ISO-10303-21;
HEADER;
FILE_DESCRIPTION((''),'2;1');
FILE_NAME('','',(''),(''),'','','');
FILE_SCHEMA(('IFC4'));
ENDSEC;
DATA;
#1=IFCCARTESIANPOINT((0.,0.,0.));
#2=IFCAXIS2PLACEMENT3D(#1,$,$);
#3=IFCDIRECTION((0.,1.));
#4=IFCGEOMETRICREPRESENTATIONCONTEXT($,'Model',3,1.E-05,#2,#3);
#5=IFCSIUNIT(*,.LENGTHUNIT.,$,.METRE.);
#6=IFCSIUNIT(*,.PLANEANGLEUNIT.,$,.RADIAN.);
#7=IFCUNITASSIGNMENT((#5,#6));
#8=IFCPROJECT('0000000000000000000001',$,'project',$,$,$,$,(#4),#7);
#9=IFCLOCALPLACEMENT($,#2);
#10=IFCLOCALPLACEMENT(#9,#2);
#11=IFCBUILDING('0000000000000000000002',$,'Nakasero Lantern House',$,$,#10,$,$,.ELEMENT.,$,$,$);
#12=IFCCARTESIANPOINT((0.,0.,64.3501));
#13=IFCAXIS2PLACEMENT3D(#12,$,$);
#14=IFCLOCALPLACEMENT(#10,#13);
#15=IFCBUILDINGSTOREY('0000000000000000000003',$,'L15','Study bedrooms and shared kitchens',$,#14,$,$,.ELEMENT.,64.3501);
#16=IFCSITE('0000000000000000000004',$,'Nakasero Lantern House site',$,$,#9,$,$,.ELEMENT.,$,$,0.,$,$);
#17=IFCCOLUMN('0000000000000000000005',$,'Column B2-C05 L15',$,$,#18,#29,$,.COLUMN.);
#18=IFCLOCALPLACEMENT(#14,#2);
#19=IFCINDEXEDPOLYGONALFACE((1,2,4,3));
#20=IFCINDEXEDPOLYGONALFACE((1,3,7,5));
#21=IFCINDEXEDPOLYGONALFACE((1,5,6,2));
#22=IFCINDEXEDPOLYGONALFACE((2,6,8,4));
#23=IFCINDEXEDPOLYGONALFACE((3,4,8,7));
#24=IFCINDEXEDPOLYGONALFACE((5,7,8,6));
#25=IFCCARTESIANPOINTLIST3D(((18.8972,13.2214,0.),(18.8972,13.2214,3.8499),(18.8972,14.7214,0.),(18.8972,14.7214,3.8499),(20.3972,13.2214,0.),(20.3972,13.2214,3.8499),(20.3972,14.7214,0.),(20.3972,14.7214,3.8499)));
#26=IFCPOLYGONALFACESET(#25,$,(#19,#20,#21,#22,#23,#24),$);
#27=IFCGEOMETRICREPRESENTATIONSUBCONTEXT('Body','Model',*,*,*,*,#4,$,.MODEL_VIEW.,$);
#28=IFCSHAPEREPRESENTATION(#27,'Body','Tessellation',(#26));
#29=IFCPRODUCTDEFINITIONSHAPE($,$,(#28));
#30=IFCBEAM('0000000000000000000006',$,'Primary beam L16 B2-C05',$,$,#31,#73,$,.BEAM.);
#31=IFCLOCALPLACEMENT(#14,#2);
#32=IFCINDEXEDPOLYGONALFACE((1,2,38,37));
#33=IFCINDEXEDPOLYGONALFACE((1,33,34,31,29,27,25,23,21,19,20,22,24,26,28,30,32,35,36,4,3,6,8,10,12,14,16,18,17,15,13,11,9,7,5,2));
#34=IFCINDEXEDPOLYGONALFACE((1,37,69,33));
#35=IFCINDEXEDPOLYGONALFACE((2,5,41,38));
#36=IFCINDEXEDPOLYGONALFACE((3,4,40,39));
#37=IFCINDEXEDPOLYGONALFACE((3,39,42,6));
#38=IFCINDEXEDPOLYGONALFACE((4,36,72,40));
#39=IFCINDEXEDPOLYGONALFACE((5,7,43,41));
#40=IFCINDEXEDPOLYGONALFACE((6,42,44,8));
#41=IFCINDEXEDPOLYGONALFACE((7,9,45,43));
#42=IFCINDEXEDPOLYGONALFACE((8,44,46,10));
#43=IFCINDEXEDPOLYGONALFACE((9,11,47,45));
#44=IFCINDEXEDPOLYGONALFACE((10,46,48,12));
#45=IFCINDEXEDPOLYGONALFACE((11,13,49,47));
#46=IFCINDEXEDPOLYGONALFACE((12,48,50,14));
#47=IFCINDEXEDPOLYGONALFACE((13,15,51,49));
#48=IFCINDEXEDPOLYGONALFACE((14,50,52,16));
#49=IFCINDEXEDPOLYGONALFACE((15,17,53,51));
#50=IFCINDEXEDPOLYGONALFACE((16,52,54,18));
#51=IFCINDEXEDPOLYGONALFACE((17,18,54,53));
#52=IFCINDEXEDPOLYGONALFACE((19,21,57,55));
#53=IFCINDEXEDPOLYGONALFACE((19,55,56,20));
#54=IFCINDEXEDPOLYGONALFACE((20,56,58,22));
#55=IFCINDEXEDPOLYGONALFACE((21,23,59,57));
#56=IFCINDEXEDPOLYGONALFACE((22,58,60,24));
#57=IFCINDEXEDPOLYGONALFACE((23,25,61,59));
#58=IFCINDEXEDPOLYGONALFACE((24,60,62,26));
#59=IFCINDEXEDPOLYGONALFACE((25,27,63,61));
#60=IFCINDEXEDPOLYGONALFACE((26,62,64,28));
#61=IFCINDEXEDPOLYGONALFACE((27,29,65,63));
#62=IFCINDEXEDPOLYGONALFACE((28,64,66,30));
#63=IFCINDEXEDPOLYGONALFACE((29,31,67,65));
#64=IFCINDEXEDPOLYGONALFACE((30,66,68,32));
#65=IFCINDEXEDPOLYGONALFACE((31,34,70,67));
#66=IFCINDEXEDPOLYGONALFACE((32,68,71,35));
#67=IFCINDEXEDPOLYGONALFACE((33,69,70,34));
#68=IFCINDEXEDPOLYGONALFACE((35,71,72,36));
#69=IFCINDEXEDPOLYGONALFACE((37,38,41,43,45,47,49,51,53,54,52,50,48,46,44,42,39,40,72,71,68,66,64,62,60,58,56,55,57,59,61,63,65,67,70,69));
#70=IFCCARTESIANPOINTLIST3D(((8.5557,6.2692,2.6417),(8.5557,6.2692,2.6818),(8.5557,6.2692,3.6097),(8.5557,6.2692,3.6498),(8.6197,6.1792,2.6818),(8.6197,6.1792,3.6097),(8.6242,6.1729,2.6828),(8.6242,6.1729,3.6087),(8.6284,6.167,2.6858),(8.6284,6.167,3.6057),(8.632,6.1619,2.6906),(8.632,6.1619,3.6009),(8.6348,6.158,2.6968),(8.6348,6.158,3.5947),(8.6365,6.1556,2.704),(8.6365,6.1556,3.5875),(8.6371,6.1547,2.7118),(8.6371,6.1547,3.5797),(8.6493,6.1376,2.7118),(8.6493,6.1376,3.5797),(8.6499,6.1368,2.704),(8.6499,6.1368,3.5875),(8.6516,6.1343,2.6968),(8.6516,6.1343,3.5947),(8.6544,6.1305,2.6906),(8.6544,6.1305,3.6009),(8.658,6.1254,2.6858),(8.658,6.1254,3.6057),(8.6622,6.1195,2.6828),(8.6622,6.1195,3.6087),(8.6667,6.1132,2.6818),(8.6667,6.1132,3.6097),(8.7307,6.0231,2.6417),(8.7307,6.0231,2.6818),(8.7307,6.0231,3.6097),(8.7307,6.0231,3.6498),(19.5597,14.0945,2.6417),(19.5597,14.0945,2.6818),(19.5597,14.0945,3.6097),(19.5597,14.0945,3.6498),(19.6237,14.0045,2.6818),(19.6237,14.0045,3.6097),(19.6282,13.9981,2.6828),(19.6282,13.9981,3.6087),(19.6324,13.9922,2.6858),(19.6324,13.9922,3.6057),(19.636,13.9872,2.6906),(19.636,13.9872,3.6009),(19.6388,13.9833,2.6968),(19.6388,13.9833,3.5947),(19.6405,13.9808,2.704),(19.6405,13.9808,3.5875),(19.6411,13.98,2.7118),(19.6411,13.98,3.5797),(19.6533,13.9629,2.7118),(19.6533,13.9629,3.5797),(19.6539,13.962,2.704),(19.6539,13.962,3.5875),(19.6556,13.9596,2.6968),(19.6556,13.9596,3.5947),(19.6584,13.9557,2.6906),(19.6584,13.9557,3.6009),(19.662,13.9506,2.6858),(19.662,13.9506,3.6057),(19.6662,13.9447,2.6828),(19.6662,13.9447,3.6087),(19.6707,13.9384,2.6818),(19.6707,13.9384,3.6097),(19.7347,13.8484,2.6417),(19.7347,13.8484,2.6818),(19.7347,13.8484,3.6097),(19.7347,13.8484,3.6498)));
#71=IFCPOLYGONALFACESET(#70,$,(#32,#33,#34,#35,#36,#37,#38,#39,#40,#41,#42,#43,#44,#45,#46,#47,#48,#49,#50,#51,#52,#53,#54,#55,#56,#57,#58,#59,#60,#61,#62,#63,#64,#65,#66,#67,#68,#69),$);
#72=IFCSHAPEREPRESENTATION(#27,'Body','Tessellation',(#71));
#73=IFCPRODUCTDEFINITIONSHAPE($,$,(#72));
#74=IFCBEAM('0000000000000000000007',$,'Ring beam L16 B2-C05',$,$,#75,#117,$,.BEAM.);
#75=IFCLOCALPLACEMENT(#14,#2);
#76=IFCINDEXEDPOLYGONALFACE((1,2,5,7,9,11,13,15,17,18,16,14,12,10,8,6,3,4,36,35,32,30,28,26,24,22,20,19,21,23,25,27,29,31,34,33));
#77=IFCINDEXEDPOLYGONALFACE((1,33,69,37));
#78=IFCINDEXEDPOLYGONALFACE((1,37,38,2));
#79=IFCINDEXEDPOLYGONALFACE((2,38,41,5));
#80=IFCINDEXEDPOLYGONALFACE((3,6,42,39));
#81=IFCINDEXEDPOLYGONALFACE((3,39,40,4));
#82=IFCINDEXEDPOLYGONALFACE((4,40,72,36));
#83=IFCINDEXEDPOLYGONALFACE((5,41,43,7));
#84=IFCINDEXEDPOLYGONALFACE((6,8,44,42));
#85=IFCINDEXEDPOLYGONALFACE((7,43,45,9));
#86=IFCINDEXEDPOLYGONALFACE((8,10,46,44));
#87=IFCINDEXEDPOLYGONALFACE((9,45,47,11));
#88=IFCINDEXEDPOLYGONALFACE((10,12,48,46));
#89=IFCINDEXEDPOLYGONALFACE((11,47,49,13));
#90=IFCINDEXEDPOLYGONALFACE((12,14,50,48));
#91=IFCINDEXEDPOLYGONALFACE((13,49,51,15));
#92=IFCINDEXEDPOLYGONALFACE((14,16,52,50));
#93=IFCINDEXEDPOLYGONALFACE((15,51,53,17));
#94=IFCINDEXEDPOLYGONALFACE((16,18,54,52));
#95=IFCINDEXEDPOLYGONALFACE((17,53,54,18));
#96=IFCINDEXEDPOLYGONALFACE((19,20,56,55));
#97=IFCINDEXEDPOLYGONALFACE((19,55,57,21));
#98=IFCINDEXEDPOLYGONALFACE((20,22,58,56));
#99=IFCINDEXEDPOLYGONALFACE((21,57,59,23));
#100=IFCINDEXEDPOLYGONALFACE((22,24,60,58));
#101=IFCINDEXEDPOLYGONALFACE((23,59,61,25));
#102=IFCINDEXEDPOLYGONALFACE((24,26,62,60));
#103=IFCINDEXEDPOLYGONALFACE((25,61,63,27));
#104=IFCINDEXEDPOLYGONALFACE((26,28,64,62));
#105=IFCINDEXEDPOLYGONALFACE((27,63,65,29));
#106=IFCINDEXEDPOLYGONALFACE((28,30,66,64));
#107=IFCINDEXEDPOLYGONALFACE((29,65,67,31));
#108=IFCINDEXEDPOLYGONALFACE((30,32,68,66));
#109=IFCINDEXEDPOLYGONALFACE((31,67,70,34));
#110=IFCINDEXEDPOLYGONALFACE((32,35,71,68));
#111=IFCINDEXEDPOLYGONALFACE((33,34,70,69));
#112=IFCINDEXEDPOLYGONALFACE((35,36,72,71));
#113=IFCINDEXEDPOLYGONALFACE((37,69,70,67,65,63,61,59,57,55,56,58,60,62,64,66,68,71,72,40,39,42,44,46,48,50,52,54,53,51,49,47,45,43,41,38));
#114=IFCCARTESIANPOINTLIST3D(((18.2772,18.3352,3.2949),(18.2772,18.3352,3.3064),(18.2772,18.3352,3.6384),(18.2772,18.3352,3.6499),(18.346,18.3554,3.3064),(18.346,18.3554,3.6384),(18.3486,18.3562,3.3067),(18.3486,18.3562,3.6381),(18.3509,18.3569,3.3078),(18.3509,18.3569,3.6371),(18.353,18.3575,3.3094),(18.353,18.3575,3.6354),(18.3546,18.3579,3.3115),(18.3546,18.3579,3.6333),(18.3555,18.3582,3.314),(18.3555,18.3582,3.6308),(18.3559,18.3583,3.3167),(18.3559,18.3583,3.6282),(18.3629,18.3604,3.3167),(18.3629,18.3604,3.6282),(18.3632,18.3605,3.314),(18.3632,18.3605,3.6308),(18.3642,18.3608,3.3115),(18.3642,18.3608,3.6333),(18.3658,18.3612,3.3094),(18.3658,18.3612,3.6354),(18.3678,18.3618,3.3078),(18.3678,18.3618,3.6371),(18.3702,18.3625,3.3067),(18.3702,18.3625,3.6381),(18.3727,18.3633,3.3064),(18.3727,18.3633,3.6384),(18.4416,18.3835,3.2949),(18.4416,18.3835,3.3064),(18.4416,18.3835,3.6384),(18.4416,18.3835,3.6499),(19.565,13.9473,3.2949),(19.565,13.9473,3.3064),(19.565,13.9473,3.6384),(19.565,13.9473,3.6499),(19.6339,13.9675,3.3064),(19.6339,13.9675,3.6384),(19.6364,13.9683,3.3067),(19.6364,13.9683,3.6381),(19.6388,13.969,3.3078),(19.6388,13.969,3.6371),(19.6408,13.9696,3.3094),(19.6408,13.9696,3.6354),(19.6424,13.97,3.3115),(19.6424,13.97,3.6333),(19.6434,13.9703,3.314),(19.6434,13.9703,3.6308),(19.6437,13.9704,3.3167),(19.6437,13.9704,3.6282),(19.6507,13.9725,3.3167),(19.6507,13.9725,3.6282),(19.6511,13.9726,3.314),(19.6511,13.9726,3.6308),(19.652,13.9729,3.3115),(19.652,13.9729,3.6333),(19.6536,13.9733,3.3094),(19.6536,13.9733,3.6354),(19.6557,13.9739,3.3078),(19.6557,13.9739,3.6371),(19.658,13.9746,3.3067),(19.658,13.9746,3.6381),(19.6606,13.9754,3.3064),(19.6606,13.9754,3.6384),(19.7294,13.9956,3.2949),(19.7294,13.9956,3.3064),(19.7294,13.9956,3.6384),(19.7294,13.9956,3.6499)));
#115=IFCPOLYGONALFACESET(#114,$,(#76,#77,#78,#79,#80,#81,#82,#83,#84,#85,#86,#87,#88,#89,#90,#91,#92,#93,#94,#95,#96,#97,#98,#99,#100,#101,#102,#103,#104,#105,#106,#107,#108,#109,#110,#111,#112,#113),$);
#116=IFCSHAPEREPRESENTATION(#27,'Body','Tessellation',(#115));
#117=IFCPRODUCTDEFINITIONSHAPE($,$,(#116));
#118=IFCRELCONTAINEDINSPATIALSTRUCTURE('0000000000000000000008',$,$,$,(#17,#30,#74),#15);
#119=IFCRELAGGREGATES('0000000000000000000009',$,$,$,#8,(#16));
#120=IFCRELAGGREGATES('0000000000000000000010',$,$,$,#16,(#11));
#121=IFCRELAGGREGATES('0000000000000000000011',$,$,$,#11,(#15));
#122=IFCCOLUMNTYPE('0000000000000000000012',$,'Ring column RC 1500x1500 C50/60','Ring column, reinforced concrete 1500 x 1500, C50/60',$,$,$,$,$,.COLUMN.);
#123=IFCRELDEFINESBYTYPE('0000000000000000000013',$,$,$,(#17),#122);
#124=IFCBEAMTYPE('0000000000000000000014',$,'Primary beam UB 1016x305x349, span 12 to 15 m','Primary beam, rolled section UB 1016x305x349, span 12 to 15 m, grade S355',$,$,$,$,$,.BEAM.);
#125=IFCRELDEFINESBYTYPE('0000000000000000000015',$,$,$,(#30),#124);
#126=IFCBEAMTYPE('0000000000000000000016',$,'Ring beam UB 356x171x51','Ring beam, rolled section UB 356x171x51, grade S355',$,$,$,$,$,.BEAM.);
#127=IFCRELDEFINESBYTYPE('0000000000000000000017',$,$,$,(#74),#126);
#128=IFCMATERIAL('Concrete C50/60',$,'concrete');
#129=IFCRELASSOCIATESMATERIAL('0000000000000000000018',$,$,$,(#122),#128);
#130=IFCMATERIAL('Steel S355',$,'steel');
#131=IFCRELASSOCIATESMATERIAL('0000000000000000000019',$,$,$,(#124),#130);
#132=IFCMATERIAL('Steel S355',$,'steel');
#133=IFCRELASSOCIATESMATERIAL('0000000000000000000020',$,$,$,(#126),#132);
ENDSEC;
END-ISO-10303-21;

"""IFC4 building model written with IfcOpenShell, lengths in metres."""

from ifc_helpers import new_model, si_unit, direction, frame, origin, origin_2d, place, context, subcontext, project, spatial, rectangle, i_section, extrude, material, material_profile, profile_set, type_object, element, save


model = new_model("IFC4")

# Units and contexts
model_context = context("Model", 3, precision=1e-05, world=origin(), true_north=direction((0.0, 1.0)))
body_context = subcontext(model_context, "Body", "Model", "MODEL_VIEW")
ifc_project = project(units=[si_unit("LENGTHUNIT", "METRE"), si_unit("PLANEANGLEUNIT", "RADIAN")], contexts=[model_context])

# Site, building, storey
site_placement = place(None, origin())
site = spatial("IfcSite", under=ifc_project, at=site_placement, Name="Nakasero Lantern House site", CompositionType="ELEMENT", RefElevation=0.0)
building_placement = place(site_placement, origin())
building = spatial("IfcBuilding", under=site, at=building_placement, Name="Nakasero Lantern House", CompositionType="ELEMENT")
storey_placement = place(building_placement, frame((0.0, 0.0, 64.3501)))
storey = spatial("IfcBuildingStorey", under=building, at=storey_placement, Name="L15", Description="Study bedrooms and shared kitchens", CompositionType="ELEMENT", Elevation=64.3501)

# Column
ifc_material_1 = material(Name="Concrete C50/60", Category="concrete")
ifc_material_profile_1 = material_profile(ifc_material_1, rectangle(XDim=1.5, YDim=1.5, at=origin_2d()), Name="RC 1500x1500")
ifc_profile_set_1 = profile_set([ifc_material_profile_1], Name="Concrete C50/60")
column_type = type_object("IfcColumnType", Name="Ring column RC 1500x1500 C50/60", Description="Ring column, reinforced concrete 1500 x 1500, C50/60", PredefinedType="COLUMN", material=ifc_profile_set_1)
column_placement = place(storey_placement, frame((19.6472, 13.9714, 0.0), z_axis=(0.0, 0.0, 1.0), x_axis=(1.0, 0.0, 0.0)))
element("IfcColumn", 1, at=column_placement, inside=storey, type_object=column_type, Name="Column B2-C05 L15", PredefinedType="COLUMN", context=body_context, shape_type="SweptSolid", body=[
    extrude(rectangle(XDim=1.5, YDim=1.5, at=origin_2d()), origin(), (0.0, 0.0, 1.0), 3.8499),
])

# Beams
ifc_material_2 = material(Name="Steel S355", Category="steel")
ifc_material_profile_2 = material_profile(ifc_material_2, i_section(OverallWidth=0.302, OverallDepth=1.0081, WebThickness=0.021, FlangeThickness=0.04, FilletRadius=0.03, at=origin_2d()), Name="UB 1016x305x349")
ifc_profile_set_2 = profile_set([ifc_material_profile_2], Name="Steel S355")
beam_type_1 = type_object("IfcBeamType", Name="Primary beam UB 1016x305x349, span 12 to 15 m", Description="Primary beam, rolled section UB 1016x305x349, span 12 to 15 m, grade S355", PredefinedType="BEAM", material=ifc_profile_set_2)
beam_1_placement = place(storey_placement, frame((19.6472, 13.9714, 3.1458), z_axis=(-0.814948, -0.579533, 0.0), x_axis=(0.579533, -0.814948, 0.0)))
element("IfcBeam", 2, at=beam_1_placement, inside=storey, type_object=beam_type_1, Name="Primary beam L16 B2-C05", PredefinedType="BEAM", context=body_context, shape_type="SweptSolid", body=[
    extrude(i_section(OverallWidth=0.302, OverallDepth=1.0081, WebThickness=0.021, FlangeThickness=0.04, FilletRadius=0.03, at=origin_2d()), origin(), (0.0, 0.0, 1.0), 13.5027),
])
ifc_material_3 = material(Name="Steel S355", Category="steel")
ifc_material_profile_3 = material_profile(ifc_material_3, i_section(OverallWidth=0.1714, OverallDepth=0.355, WebThickness=0.0073, FlangeThickness=0.0115, FilletRadius=0.0103, at=origin_2d()), Name="UB 356x171x51")
ifc_profile_set_3 = profile_set([ifc_material_profile_3], Name="Steel S355")
beam_type_2 = type_object("IfcBeamType", Name="Ring beam UB 356x171x51", Description="Ring beam, rolled section UB 356x171x51, grade S355", PredefinedType="BEAM", material=ifc_profile_set_3)
beam_2_placement = place(storey_placement, frame((19.6472, 13.9714, 3.4724), z_axis=(-0.281617, 0.959527, 0.0), x_axis=(-0.959527, -0.281617, 0.0)))
element("IfcBeam", 3, at=beam_2_placement, inside=storey, type_object=beam_type_2, Name="Ring beam L16 B2-C05", PredefinedType="BEAM", context=body_context, shape_type="SweptSolid", body=[
    extrude(i_section(OverallWidth=0.1714, OverallDepth=0.355, WebThickness=0.0073, FlangeThickness=0.0115, FilletRadius=0.0103, at=origin_2d()), origin(), (0.0, 0.0, 1.0), 4.573),
])

save(model, "model.ifc")
